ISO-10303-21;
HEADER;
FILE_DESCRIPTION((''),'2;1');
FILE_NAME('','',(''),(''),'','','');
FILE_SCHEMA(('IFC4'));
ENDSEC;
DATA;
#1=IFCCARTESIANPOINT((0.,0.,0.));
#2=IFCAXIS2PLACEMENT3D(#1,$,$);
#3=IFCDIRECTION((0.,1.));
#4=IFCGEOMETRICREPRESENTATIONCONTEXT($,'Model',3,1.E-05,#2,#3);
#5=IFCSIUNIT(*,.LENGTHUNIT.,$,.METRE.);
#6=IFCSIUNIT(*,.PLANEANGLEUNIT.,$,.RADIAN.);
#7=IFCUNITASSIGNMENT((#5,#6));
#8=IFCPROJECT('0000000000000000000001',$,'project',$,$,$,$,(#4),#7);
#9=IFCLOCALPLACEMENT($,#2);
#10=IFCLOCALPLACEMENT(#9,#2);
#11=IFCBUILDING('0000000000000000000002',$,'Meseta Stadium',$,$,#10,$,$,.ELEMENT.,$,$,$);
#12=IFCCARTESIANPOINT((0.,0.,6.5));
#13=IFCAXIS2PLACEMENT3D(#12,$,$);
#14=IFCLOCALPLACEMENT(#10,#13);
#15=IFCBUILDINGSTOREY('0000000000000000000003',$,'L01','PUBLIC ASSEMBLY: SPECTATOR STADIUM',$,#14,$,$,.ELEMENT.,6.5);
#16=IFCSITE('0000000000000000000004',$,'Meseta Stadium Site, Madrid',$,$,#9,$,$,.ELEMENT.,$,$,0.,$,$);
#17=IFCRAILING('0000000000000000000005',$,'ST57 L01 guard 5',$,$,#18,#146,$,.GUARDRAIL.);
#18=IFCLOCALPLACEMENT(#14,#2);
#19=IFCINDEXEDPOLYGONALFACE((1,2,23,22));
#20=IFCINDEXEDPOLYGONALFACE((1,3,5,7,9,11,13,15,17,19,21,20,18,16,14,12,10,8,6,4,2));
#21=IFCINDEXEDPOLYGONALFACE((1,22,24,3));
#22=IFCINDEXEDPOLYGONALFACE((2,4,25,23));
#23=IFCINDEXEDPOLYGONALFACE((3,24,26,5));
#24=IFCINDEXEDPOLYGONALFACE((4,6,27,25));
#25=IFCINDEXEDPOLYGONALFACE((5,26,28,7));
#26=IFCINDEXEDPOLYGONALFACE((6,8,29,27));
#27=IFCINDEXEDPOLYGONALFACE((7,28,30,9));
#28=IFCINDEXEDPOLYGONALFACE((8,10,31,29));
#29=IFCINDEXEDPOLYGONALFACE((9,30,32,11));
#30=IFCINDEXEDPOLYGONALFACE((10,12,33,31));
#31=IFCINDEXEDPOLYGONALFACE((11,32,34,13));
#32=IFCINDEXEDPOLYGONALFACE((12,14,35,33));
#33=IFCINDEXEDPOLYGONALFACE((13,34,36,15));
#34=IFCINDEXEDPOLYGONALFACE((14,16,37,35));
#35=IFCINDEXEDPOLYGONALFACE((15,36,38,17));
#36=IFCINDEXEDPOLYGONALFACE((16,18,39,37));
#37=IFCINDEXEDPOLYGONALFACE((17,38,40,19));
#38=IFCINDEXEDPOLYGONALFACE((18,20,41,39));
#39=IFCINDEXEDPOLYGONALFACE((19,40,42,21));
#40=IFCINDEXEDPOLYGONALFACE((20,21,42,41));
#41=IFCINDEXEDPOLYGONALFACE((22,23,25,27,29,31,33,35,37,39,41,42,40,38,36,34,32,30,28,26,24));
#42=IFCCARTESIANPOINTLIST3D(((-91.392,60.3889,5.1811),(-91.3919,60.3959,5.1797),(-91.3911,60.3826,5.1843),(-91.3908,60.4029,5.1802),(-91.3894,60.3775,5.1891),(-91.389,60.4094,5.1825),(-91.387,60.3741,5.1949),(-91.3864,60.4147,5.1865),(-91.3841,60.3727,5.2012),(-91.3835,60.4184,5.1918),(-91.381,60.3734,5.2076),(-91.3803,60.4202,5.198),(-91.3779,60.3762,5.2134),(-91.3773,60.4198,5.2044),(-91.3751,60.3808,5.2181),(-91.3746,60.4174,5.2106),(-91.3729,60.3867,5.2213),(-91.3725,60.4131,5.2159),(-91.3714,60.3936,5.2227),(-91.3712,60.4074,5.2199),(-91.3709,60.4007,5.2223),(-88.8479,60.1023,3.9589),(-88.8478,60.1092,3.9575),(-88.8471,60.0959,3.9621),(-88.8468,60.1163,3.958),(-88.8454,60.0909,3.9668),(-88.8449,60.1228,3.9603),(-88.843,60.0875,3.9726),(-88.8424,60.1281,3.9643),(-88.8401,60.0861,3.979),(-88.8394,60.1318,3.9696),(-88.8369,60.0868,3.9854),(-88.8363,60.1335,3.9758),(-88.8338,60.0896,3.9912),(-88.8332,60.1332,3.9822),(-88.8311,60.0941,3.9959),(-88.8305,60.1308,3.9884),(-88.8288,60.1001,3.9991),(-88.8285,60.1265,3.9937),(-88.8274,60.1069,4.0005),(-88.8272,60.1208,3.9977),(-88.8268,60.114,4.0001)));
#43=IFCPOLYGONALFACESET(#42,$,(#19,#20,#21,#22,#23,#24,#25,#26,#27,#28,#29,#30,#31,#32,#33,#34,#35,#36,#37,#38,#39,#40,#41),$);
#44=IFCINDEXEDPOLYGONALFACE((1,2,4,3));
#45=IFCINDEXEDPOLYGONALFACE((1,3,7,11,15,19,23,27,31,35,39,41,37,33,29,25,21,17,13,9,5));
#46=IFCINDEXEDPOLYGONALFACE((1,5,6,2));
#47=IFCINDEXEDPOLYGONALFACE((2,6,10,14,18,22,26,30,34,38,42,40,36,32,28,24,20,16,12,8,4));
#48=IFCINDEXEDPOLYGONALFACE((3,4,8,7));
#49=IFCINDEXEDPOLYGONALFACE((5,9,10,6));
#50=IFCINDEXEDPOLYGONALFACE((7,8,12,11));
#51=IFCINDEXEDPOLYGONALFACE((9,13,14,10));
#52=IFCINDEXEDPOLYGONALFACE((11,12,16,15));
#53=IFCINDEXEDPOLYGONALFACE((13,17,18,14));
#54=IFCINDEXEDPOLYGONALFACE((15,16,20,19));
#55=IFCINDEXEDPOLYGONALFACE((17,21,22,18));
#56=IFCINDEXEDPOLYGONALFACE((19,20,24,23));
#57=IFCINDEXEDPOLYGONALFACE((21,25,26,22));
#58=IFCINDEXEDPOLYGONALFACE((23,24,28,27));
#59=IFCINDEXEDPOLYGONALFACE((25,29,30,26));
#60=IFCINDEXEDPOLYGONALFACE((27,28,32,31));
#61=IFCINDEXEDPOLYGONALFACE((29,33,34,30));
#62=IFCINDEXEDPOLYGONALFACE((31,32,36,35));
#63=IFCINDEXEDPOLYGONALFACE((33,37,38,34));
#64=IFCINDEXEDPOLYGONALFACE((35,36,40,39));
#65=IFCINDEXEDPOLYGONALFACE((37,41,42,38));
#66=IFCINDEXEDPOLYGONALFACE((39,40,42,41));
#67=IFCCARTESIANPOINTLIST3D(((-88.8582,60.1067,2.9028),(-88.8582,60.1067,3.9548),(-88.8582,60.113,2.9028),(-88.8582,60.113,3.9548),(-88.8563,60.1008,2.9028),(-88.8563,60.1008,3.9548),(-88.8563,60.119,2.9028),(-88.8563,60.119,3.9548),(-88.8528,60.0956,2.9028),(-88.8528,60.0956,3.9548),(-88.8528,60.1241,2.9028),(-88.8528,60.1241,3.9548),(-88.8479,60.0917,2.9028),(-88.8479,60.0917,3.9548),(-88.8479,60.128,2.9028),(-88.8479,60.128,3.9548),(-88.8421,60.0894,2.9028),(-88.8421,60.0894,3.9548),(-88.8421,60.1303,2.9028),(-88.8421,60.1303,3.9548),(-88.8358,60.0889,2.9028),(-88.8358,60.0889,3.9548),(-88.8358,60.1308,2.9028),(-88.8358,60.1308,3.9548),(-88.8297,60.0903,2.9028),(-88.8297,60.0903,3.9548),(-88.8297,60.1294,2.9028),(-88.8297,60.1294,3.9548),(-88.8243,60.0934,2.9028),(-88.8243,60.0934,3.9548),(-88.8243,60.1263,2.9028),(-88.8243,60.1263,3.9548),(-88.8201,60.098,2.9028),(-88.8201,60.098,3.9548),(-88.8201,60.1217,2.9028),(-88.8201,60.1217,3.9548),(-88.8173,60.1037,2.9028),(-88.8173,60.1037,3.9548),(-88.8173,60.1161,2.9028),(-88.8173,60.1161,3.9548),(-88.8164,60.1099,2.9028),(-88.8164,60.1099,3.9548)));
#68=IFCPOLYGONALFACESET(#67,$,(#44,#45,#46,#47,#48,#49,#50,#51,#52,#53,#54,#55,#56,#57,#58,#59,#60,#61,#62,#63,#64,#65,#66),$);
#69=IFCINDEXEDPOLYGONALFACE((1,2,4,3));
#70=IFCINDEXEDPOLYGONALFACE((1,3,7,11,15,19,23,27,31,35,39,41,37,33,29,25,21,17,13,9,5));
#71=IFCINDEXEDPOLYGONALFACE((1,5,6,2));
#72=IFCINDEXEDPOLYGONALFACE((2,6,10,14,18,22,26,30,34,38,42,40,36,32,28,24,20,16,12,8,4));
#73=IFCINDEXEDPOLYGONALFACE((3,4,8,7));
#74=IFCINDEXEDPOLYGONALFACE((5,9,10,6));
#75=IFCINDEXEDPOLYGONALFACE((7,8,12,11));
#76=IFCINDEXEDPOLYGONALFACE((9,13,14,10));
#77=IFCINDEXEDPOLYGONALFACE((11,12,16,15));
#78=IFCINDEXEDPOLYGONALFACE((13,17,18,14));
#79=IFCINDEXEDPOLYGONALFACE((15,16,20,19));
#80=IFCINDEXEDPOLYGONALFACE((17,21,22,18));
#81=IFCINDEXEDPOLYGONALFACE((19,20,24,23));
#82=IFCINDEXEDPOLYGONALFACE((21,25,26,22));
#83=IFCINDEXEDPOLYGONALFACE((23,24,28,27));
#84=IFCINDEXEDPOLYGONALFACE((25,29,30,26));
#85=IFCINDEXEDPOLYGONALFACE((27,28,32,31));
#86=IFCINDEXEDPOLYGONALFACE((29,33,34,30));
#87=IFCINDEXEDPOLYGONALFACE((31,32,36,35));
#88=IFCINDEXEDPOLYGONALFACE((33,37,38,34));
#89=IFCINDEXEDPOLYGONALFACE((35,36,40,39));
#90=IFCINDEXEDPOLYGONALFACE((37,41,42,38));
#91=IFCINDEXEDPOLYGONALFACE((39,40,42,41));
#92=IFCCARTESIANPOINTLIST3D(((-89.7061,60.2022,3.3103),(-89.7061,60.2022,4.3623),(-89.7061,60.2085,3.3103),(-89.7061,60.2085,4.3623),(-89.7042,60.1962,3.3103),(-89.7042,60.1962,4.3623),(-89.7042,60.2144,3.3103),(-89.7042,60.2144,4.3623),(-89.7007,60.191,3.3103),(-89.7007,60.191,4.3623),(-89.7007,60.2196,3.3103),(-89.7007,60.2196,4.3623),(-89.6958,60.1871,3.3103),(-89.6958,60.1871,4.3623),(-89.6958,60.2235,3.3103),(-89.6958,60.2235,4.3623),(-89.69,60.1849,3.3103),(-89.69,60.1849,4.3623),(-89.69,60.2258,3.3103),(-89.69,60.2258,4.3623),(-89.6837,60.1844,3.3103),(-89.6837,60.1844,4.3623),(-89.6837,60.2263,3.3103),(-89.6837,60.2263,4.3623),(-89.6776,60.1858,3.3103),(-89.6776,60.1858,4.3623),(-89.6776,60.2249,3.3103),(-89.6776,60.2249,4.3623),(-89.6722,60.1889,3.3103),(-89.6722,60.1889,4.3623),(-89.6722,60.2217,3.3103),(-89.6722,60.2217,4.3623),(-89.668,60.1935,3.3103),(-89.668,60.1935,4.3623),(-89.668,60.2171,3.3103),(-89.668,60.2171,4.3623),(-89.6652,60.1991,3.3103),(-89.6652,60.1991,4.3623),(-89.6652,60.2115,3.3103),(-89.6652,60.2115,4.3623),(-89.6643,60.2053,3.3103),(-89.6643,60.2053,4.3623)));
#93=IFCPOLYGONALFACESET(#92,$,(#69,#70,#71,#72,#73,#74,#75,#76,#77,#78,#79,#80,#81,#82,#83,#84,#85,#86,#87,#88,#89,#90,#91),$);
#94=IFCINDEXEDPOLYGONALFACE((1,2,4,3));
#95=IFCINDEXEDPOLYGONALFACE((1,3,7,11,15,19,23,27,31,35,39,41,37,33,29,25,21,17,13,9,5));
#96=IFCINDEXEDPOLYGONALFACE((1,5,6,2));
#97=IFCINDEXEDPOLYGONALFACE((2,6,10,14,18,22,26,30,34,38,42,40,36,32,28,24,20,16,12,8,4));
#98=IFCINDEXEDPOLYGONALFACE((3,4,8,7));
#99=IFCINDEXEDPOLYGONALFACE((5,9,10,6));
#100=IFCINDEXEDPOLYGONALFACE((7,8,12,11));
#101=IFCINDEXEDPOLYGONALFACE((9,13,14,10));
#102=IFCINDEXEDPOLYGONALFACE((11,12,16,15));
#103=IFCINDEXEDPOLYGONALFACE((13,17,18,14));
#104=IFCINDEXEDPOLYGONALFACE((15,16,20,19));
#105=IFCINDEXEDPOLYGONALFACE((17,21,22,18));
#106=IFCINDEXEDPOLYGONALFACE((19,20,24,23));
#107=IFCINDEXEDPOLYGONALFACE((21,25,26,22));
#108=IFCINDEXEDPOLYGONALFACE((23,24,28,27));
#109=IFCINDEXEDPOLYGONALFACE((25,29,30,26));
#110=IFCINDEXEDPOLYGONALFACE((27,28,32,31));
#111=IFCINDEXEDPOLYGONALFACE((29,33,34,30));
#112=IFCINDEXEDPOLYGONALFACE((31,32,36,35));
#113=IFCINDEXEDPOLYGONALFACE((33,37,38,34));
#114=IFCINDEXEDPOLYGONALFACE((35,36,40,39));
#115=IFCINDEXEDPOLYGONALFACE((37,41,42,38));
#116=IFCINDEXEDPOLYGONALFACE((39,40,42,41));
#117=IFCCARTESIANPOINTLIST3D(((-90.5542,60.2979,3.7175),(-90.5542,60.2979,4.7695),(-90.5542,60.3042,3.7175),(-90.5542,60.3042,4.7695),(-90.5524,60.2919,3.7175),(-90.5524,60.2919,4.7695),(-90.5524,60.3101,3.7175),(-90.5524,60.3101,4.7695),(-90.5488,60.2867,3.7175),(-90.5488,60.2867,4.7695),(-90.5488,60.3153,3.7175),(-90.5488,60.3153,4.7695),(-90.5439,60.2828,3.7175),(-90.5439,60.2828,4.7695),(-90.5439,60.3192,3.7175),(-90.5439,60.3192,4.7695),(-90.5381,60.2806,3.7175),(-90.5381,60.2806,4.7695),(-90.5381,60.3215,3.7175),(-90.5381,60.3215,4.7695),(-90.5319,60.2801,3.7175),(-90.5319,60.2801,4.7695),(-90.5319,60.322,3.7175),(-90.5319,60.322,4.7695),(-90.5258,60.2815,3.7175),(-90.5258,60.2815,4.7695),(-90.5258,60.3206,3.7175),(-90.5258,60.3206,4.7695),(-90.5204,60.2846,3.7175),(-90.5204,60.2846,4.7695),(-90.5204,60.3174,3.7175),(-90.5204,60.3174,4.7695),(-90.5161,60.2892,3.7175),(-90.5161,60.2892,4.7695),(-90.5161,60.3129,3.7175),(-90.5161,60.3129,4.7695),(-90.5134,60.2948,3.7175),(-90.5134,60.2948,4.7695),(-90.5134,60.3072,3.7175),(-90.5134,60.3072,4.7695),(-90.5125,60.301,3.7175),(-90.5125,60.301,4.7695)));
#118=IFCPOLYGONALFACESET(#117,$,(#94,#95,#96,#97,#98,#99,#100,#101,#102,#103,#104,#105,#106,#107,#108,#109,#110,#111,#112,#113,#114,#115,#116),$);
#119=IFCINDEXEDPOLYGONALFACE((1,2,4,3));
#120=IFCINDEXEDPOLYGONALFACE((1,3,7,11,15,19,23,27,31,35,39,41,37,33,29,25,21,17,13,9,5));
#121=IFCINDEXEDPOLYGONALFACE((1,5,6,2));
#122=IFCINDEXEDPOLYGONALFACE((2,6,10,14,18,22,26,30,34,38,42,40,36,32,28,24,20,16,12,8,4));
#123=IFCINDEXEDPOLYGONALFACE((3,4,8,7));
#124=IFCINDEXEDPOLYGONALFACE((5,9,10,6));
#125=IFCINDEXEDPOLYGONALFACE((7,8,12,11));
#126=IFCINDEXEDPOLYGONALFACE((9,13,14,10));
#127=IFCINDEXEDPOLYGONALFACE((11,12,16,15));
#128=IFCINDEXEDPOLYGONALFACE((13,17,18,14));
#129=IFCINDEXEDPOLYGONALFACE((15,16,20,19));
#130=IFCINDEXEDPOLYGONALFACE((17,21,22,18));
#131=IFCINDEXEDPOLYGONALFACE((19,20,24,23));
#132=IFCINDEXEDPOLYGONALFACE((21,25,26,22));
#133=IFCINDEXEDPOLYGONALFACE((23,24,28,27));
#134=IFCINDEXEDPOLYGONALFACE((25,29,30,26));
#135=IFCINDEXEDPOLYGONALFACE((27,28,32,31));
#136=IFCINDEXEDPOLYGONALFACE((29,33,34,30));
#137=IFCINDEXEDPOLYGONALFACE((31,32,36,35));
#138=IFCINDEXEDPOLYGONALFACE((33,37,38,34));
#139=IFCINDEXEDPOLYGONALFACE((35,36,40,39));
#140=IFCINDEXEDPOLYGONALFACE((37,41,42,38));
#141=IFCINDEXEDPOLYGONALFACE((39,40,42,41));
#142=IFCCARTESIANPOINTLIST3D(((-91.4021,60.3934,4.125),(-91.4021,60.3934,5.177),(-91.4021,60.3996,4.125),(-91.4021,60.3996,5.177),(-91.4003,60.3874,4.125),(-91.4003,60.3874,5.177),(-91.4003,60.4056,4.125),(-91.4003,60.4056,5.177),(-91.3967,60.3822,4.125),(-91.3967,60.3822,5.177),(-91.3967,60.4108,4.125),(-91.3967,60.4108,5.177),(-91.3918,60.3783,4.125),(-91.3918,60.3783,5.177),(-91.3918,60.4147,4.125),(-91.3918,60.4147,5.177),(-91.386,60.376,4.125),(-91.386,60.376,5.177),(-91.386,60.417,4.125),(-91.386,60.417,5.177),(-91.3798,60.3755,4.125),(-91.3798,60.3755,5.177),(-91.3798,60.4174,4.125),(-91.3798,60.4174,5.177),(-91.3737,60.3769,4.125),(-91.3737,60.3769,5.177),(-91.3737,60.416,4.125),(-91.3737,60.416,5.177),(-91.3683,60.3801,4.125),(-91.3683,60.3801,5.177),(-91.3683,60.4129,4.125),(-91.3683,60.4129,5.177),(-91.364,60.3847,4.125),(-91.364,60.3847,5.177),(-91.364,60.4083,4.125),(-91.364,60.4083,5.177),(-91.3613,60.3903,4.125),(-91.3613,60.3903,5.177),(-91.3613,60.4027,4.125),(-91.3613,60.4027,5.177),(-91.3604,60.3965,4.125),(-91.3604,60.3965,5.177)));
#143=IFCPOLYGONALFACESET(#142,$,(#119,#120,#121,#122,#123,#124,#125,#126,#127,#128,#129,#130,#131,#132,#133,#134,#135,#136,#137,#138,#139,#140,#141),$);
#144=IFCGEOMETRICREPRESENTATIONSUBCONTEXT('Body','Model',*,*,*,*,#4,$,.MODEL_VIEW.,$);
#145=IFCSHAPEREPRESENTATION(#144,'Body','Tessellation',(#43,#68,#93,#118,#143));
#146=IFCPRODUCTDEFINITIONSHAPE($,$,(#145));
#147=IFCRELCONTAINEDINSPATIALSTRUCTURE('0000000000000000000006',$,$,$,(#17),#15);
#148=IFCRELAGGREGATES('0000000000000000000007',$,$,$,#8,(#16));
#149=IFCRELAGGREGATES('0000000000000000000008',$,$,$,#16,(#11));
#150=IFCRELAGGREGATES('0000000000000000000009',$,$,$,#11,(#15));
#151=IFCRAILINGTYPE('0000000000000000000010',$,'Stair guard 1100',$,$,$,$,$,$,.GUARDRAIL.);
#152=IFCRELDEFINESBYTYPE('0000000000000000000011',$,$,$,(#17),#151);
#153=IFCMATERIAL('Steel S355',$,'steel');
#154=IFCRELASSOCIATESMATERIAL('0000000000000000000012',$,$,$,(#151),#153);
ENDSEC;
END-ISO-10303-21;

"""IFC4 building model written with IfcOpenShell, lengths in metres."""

from ifc_helpers import new_model, si_unit, direction, frame, origin, origin_2d, place, context, subcontext, project, spatial, circle, extrude, material, type_object, element, save


model = new_model("IFC4")

# Units and contexts
model_context = context("Model", 3, precision=1e-05, world=origin(), true_north=direction((0.0, 1.0)))
body_context = subcontext(model_context, "Body", "Model", "MODEL_VIEW")
ifc_project = project(units=[si_unit("LENGTHUNIT", "METRE"), si_unit("PLANEANGLEUNIT", "RADIAN")], contexts=[model_context])

# Site, building, storey
site_placement = place(None, origin())
site = spatial("IfcSite", under=ifc_project, at=site_placement, Name="Meseta Stadium Site, Madrid", CompositionType="ELEMENT", RefElevation=0.0)
building_placement = place(site_placement, origin())
building = spatial("IfcBuilding", under=site, at=building_placement, Name="Meseta Stadium", CompositionType="ELEMENT")
storey_placement = place(building_placement, frame((0.0, 0.0, 6.5)))
storey = spatial("IfcBuildingStorey", under=building, at=storey_placement, Name="L01", Description="PUBLIC ASSEMBLY: SPECTATOR STADIUM", CompositionType="ELEMENT", Elevation=6.5)

# Railing
ifc_material_1 = material(Name="Steel S355", Category="steel")
railing_type_1 = type_object("IfcRailingType", Name="Stair guard 1100", PredefinedType="GUARDRAIL", material=ifc_material_1)
railing_1_placement = place(storey_placement, frame((-88.8374, 60.1099, 2.9028)))
element("IfcRailing", 1, at=railing_1_placement, inside=storey, type_object=railing_type_1, Name="ST57 L01 guard 5", PredefinedType="GUARDRAIL", context=body_context, shape_type="SweptSolid", body=[
    extrude(circle(Radius=0.0239, at=origin_2d()), frame((0.0, 0.0, 1.0762), z_axis=(-0.896762, 0.101036, 0.430824), x_axis=(-0.11196, -0.993713, 0.0)), (0.0, 0.0, 1.0), 2.8369),
    extrude(circle(Radius=0.021, at=origin_2d()), origin(), (0.0, 0.0, 1.0), 1.052),
    extrude(circle(Radius=0.021, at=origin_2d()), frame((-0.8479, 0.0955, 0.4075)), (0.0, 0.0, 1.0), 1.052),
    extrude(circle(Radius=0.021, at=origin_2d()), frame((-1.696, 0.1912, 0.8147)), (0.0, 0.0, 1.0), 1.052),
    extrude(circle(Radius=0.021, at=origin_2d()), frame((-2.5439, 0.2866, 1.2222)), (0.0, 0.0, 1.0), 1.052),
])

save(model, "model.ifc")
